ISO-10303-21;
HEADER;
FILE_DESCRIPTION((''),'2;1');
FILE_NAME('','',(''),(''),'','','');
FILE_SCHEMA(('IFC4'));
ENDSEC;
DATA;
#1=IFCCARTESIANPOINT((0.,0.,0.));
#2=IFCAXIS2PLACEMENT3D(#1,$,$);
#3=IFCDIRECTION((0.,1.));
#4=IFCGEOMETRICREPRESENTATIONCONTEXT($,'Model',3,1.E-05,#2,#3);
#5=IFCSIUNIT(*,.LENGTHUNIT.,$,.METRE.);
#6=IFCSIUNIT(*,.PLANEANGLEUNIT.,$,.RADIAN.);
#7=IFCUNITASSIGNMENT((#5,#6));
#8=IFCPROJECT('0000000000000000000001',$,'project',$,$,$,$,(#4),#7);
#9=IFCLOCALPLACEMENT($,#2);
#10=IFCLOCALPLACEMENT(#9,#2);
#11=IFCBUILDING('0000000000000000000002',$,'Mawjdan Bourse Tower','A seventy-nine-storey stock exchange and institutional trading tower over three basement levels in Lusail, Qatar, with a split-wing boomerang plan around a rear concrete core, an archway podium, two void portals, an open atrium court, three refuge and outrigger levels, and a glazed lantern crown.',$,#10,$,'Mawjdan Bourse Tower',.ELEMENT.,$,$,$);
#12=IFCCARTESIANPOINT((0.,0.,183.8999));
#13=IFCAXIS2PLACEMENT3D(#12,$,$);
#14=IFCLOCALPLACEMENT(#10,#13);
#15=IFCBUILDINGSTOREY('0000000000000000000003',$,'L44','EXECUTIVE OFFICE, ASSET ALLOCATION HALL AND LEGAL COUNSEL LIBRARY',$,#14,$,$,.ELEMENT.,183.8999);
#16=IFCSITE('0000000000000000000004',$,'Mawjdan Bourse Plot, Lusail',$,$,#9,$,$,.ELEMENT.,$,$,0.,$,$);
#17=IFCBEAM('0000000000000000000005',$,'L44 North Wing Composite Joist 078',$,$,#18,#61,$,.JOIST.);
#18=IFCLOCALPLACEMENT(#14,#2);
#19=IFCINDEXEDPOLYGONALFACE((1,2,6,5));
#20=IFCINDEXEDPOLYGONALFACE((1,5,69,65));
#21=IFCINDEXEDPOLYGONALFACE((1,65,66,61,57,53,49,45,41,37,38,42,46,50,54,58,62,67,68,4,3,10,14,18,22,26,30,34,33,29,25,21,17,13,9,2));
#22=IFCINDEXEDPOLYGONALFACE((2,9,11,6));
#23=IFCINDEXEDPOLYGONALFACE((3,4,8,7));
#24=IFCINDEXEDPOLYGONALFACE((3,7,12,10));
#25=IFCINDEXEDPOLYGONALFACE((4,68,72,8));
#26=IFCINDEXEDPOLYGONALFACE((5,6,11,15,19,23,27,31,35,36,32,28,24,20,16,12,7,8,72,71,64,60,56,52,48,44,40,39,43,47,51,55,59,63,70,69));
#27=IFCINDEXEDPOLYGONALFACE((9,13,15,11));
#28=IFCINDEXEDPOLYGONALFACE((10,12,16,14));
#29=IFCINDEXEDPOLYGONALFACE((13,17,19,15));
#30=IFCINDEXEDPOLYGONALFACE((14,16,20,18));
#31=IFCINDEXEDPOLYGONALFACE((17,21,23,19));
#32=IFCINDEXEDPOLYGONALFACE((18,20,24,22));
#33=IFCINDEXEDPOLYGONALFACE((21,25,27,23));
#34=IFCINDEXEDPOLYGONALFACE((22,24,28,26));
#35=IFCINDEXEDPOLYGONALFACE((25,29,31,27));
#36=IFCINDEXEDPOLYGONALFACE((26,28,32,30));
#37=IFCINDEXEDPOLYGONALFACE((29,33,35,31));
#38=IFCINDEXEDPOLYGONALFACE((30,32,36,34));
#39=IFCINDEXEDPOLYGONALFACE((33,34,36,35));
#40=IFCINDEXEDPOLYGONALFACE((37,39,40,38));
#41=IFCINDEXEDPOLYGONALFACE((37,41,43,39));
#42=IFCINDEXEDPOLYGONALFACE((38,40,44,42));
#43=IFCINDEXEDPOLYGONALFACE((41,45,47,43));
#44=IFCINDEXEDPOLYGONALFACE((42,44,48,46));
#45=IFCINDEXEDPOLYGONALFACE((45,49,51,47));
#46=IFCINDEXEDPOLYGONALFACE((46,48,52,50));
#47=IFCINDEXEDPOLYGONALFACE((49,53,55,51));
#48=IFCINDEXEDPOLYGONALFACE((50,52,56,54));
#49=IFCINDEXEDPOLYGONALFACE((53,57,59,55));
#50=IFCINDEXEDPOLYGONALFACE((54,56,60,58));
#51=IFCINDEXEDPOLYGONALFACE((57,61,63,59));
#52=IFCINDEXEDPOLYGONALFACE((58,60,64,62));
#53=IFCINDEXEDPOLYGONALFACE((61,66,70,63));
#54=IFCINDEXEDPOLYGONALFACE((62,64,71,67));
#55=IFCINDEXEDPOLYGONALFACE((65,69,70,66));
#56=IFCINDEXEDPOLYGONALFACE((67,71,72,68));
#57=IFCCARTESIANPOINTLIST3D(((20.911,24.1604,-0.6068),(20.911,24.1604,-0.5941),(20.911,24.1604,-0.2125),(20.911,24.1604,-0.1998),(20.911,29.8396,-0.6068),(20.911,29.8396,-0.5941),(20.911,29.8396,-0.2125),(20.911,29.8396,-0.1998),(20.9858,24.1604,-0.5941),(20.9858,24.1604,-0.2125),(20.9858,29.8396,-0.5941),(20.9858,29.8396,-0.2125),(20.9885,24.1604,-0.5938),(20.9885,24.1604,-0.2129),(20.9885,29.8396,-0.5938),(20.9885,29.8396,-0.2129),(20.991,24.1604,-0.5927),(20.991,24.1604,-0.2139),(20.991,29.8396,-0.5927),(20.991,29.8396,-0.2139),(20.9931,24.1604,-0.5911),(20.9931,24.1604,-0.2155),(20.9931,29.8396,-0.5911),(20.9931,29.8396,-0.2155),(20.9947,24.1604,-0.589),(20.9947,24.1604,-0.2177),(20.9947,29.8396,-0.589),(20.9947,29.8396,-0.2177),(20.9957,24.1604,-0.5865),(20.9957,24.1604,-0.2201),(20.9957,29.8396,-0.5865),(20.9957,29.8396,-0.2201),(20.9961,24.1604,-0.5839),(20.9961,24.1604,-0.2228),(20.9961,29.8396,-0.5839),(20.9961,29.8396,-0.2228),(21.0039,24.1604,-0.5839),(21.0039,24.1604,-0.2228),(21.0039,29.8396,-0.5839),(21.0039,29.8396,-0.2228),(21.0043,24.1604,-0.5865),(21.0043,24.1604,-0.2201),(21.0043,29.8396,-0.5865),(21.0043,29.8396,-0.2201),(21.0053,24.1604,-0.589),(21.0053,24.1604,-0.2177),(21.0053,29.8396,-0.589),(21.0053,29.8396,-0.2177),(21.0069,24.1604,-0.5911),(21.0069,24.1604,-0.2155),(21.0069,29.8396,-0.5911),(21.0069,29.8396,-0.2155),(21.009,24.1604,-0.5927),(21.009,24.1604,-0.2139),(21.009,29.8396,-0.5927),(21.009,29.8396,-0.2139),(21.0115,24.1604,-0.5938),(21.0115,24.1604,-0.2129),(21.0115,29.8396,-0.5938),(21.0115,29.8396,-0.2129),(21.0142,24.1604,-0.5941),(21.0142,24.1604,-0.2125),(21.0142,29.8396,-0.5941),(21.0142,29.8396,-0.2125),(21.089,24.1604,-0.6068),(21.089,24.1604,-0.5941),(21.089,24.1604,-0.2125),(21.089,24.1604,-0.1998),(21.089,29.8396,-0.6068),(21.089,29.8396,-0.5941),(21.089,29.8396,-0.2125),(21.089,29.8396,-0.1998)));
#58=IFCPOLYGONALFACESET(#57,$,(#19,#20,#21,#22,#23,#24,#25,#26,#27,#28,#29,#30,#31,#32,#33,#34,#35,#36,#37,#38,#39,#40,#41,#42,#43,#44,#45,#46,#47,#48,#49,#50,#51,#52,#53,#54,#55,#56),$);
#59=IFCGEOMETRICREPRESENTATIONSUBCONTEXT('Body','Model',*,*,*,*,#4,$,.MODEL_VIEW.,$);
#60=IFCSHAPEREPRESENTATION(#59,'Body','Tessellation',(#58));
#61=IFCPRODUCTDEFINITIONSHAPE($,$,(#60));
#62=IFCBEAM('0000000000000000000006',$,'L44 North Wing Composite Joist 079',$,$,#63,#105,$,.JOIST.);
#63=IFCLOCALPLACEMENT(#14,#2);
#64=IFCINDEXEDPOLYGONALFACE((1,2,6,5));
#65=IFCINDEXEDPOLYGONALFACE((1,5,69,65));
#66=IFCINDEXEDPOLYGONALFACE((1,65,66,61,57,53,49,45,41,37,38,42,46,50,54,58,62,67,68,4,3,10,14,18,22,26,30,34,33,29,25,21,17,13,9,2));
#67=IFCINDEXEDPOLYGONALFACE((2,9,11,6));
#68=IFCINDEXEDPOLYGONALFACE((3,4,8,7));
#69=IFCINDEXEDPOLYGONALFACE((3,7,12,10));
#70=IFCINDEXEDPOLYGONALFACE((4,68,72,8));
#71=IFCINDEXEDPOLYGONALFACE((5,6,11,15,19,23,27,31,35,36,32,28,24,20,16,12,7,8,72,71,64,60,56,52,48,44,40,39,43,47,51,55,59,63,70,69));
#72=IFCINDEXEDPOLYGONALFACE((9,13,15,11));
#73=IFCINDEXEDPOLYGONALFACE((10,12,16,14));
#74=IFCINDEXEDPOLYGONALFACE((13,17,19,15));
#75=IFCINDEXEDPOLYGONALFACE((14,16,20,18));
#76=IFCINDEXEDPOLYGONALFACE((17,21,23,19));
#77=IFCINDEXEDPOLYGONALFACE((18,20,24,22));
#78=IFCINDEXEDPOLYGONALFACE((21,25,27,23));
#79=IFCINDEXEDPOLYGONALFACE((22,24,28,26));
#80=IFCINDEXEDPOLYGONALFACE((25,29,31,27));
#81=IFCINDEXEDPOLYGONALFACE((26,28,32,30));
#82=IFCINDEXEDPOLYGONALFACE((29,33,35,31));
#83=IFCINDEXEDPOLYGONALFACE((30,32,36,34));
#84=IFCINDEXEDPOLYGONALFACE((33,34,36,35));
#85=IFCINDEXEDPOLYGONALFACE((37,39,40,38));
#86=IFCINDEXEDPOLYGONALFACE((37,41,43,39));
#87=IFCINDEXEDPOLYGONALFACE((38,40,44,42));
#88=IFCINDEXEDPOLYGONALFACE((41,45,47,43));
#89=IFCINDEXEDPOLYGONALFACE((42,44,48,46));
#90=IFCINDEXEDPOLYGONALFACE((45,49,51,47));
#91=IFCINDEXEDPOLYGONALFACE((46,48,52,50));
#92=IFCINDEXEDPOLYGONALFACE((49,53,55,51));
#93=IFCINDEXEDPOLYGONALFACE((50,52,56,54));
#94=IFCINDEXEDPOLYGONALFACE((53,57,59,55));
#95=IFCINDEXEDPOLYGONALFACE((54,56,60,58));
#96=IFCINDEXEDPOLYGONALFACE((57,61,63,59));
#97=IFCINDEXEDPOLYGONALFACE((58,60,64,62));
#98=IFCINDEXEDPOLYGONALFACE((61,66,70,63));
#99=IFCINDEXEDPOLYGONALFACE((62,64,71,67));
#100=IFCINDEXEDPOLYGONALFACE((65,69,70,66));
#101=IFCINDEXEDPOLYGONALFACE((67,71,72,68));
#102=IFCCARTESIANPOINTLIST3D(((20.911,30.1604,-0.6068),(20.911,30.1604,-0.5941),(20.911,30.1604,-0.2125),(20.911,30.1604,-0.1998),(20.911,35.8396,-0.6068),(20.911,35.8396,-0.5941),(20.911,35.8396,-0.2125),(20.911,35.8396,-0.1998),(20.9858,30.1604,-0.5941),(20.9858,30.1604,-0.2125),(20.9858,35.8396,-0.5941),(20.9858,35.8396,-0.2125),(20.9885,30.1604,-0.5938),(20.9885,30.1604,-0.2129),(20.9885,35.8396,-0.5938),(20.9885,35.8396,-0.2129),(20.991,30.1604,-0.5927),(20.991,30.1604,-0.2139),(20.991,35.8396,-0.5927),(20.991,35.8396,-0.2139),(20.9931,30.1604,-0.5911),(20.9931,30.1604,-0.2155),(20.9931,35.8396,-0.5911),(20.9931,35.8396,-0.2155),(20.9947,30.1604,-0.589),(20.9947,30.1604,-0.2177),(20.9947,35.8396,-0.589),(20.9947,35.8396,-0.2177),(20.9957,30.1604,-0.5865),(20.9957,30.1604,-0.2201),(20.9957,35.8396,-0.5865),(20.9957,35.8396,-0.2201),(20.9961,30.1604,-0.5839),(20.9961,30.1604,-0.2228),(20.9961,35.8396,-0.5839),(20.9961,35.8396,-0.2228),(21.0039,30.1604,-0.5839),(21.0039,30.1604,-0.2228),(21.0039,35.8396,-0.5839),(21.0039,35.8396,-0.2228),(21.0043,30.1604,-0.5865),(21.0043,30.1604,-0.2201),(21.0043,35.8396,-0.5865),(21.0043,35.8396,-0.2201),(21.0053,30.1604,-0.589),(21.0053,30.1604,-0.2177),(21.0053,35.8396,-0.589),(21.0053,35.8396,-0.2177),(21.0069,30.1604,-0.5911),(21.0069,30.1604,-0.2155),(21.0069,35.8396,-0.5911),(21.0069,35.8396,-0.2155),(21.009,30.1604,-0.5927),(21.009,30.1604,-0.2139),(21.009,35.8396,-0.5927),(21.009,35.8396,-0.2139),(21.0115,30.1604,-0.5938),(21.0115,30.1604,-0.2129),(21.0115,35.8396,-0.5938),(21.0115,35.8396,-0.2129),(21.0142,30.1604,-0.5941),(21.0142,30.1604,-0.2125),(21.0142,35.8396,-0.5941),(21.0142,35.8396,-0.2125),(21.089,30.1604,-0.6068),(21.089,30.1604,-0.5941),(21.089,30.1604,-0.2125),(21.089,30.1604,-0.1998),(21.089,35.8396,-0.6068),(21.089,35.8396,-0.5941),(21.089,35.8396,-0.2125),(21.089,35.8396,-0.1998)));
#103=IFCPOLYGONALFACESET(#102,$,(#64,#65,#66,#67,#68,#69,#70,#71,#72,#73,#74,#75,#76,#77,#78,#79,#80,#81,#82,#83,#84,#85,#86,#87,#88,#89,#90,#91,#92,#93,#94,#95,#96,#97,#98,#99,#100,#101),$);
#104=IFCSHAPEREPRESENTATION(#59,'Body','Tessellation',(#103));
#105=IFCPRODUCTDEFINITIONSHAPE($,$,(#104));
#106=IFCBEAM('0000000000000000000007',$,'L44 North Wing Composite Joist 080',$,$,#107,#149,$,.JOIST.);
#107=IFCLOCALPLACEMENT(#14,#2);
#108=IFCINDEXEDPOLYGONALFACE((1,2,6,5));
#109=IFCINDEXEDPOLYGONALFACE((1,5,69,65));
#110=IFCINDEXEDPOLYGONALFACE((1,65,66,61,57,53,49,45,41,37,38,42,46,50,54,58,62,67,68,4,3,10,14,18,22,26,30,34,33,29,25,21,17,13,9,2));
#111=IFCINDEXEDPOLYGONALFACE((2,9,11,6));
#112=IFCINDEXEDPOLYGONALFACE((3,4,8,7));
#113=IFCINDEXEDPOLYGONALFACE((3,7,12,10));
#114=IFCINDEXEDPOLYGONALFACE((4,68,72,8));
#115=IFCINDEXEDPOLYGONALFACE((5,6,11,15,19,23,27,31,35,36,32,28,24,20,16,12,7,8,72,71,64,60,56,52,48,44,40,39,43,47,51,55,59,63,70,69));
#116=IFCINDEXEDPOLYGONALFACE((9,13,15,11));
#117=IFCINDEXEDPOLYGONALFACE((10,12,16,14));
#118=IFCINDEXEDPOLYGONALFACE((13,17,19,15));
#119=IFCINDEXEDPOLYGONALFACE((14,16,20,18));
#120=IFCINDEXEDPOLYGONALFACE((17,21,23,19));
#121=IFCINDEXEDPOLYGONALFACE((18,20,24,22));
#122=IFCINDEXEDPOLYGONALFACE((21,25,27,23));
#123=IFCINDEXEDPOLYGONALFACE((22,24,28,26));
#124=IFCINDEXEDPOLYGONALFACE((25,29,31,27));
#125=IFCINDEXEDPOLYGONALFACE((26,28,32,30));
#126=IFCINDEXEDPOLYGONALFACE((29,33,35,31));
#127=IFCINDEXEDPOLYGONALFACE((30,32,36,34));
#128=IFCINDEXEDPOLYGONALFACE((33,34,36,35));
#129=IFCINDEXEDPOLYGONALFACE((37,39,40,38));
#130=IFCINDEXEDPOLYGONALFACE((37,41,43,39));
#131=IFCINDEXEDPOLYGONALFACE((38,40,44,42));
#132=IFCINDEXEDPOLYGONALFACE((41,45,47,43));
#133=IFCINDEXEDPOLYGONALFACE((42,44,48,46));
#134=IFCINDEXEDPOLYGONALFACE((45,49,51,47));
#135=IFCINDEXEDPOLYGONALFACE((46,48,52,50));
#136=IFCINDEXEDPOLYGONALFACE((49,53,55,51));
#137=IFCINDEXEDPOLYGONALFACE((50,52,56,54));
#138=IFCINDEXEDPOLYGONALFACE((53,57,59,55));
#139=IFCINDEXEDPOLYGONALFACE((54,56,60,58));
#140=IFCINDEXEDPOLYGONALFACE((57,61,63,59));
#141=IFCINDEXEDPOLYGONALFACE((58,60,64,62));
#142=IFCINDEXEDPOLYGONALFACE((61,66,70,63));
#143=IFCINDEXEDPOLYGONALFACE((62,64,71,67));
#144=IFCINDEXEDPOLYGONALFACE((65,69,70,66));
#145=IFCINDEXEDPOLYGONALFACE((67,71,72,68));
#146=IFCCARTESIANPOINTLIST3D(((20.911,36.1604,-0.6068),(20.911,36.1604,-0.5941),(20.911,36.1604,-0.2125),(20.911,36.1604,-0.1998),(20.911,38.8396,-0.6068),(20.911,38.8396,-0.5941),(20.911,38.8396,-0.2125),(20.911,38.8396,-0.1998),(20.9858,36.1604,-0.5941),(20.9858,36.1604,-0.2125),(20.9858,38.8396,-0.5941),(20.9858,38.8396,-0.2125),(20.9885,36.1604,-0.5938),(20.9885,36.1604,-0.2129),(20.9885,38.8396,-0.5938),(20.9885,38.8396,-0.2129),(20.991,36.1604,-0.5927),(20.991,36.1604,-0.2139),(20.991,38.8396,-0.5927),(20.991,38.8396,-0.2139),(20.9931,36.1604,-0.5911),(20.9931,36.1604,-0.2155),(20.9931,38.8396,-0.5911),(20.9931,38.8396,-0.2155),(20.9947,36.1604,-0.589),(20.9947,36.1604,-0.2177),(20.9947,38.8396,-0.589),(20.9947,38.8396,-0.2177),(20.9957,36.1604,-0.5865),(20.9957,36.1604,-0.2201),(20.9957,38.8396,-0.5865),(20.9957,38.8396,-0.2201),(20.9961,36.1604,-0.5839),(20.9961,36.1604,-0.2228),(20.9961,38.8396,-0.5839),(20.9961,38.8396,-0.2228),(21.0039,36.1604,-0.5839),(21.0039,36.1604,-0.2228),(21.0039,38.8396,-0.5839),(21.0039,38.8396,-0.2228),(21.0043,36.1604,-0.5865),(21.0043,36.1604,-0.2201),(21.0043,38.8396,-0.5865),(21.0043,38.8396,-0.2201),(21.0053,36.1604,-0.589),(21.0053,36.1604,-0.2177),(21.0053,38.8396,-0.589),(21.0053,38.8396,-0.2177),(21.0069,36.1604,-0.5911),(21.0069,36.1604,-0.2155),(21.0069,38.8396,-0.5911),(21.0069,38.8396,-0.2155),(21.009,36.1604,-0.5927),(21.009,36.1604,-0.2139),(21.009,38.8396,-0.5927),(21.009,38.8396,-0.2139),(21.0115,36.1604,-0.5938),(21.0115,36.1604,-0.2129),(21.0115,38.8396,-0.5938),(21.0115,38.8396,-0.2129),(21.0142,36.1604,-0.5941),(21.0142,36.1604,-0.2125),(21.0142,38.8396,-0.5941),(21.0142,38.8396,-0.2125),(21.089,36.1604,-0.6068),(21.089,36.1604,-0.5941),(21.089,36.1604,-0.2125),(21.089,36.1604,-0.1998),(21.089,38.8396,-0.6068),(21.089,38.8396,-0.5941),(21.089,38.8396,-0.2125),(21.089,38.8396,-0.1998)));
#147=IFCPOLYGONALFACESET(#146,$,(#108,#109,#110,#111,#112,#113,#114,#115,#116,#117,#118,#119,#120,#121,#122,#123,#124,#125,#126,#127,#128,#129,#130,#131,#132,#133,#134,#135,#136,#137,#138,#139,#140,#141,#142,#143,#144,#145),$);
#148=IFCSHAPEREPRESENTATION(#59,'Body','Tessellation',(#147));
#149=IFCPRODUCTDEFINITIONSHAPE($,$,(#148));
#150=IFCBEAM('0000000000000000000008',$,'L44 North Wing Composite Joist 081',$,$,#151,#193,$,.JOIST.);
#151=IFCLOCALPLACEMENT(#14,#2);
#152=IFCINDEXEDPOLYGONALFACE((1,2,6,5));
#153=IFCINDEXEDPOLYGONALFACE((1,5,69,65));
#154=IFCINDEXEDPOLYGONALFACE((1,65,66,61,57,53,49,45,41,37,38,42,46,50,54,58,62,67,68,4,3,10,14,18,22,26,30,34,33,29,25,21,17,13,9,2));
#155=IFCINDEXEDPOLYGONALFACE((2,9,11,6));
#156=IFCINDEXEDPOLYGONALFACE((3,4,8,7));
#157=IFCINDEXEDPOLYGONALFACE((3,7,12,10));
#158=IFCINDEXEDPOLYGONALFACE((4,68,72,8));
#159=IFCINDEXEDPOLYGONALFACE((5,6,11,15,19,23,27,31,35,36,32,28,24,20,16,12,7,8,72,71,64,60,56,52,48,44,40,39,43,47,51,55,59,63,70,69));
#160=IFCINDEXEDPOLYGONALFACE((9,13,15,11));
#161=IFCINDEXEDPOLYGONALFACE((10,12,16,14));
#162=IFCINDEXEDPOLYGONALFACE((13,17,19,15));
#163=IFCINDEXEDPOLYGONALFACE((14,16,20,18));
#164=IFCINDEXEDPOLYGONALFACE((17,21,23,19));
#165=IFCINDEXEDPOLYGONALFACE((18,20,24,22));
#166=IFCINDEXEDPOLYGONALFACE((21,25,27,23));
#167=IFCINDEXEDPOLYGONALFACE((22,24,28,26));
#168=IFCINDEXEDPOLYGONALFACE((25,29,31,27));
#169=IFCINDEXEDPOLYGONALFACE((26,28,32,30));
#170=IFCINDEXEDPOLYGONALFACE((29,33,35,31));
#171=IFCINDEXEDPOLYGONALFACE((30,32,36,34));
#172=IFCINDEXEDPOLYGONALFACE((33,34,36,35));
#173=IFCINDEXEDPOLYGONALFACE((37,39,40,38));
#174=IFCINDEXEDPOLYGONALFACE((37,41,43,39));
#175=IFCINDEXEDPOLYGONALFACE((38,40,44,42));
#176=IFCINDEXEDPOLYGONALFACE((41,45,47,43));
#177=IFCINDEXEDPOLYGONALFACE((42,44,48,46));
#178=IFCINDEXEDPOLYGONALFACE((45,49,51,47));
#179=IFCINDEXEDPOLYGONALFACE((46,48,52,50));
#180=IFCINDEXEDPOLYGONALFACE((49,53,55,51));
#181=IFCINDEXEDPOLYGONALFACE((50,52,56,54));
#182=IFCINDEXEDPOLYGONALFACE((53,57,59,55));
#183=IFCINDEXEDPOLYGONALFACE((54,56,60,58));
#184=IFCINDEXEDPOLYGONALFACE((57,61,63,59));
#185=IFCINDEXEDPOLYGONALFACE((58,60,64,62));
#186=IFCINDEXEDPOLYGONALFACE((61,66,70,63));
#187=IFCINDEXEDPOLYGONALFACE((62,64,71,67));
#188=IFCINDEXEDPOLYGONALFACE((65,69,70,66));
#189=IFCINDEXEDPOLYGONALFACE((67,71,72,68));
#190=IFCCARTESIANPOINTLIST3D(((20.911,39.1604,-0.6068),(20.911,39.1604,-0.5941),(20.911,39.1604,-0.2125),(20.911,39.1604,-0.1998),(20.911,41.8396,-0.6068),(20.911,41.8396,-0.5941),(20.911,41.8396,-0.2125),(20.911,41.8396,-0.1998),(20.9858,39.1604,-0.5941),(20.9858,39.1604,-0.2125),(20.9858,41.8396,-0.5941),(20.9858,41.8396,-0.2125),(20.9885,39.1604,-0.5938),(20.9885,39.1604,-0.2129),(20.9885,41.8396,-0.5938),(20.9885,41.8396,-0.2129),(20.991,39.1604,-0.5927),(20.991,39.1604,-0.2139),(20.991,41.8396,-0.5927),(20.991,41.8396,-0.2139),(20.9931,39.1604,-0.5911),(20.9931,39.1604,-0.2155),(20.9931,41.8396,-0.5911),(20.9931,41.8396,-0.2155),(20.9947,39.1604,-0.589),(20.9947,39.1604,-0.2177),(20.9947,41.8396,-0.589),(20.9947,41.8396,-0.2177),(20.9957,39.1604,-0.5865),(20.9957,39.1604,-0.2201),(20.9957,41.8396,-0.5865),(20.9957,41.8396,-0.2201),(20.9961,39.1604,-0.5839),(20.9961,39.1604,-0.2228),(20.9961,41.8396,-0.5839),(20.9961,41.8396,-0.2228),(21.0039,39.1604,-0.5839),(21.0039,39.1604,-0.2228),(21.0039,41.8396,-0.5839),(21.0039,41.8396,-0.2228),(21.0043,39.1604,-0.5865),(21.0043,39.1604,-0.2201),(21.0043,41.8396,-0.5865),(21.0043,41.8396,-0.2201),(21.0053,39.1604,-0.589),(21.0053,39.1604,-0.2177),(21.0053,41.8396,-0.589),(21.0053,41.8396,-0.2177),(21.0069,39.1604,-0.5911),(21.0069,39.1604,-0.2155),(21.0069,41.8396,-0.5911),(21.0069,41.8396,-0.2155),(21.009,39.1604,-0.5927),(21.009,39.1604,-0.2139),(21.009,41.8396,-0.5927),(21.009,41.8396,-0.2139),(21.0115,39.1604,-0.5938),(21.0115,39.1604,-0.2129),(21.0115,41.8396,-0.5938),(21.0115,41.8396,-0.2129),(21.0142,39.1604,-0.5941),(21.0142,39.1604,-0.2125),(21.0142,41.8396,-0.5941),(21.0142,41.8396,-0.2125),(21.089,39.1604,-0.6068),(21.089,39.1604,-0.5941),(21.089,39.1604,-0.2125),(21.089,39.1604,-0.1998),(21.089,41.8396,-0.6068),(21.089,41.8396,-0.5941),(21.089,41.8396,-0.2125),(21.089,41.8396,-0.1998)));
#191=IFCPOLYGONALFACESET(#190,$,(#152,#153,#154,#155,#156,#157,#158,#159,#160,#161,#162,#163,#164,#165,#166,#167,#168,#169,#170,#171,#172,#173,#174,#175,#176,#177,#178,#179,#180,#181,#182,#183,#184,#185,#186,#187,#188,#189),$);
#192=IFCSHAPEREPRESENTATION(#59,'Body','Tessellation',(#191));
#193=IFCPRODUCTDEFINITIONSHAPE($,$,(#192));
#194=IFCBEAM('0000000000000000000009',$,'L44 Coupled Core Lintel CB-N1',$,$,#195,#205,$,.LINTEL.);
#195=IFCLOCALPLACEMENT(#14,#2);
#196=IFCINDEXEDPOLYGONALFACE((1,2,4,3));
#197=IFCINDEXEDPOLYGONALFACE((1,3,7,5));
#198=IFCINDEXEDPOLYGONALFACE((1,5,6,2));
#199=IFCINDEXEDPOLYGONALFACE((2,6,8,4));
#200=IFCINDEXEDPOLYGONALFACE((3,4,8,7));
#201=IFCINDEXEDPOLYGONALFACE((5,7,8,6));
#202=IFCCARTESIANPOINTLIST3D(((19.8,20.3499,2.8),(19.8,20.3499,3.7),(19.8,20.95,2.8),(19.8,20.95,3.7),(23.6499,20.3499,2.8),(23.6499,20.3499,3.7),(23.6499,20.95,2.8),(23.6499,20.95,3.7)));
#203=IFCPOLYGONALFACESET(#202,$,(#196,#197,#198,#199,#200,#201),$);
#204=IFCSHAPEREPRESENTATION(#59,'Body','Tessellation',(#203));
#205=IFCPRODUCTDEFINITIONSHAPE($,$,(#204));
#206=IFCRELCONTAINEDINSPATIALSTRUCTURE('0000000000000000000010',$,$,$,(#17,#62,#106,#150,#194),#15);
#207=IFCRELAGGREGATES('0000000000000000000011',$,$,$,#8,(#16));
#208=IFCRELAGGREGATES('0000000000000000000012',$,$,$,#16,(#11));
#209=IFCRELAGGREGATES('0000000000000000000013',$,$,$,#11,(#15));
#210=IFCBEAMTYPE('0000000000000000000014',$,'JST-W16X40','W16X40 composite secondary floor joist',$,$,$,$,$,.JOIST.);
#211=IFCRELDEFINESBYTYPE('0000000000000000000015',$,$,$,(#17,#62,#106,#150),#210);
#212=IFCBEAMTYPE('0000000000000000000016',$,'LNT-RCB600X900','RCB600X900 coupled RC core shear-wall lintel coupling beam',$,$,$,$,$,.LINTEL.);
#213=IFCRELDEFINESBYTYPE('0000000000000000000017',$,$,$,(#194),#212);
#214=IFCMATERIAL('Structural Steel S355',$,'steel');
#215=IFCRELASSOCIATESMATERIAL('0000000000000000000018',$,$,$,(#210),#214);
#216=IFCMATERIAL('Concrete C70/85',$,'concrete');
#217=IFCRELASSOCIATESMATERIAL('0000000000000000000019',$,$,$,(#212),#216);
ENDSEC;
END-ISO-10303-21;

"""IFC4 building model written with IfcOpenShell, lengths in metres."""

from ifc_helpers import new_model, si_unit, direction, frame, origin, origin_2d, place, context, subcontext, project, spatial, rectangle, i_section, extrude, material, material_profile, profile_set, type_object, element, save


model = new_model("IFC4")

# Units and contexts
model_context = context("Model", 3, precision=1e-05, world=origin(), true_north=direction((0.0, 1.0)))
body_context = subcontext(model_context, "Body", "Model", "MODEL_VIEW")
ifc_project = project(units=[si_unit("LENGTHUNIT", "METRE"), si_unit("PLANEANGLEUNIT", "RADIAN")], contexts=[model_context])

# Site, building, storey
site_placement = place(None, origin())
site = spatial("IfcSite", under=ifc_project, at=site_placement, Name="Mawjdan Bourse Plot, Lusail", CompositionType="ELEMENT", RefElevation=0.0)
building_placement = place(site_placement, origin())
building = spatial("IfcBuilding", under=site, at=building_placement, Name="Mawjdan Bourse Tower", Description="A seventy-nine-storey stock exchange and institutional trading tower over three basement levels in Lusail, Qatar, with a split-wing boomerang plan around a rear concrete core, an archway podium, two void portals, an open atrium court, three refuge and outrigger levels, and a glazed lantern crown.", LongName="Mawjdan Bourse Tower", CompositionType="ELEMENT")
storey_placement = place(building_placement, frame((0.0, 0.0, 183.8999)))
storey = spatial("IfcBuildingStorey", under=building, at=storey_placement, Name="L44", Description="EXECUTIVE OFFICE, ASSET ALLOCATION HALL AND LEGAL COUNSEL LIBRARY", CompositionType="ELEMENT", Elevation=183.8999)

# Shared definitions
ifc_material_1 = material(Name="Concrete C70/85", Category="concrete")

# Beams
ifc_material_2 = material(Name="Structural Steel S355", Category="steel")
ifc_material_profile_1 = material_profile(ifc_material_2, i_section(OverallWidth=0.178, OverallDepth=0.407, WebThickness=0.0078, FlangeThickness=0.0127, FilletRadius=0.0103, at=origin_2d()), Name="W16X40")
ifc_profile_set_1 = profile_set([ifc_material_profile_1], Name="Structural Steel S355")
beam_type_1 = type_object("IfcBeamType", Name="JST-W16X40", Description="W16X40 composite secondary floor joist", PredefinedType="JOIST", material=ifc_profile_set_1)
for number, where, z_axis, x_axis, name in (
    (1, (21.0, 24.1604, -0.4033), (0.0, 1.0, 0.0), (-1.0, 0.0, 0.0), "L44 North Wing Composite Joist 078"),
    (2, (21.0, 30.1604, -0.4033), (0.0, 1.0, 0.0), (-1.0, 0.0, 0.0), "L44 North Wing Composite Joist 079"),
):
    element("IfcBeam", number, at=place(storey_placement, frame(where, z_axis=z_axis, x_axis=x_axis)), inside=storey, type_object=beam_type_1, Name=name, PredefinedType="JOIST", context=body_context, shape_type="SweptSolid", body=[
        extrude(i_section(OverallWidth=0.178, OverallDepth=0.407, WebThickness=0.0078, FlangeThickness=0.0127, FilletRadius=0.0103, at=origin_2d()), origin(), (0.0, 0.0, 1.0), 5.6792),
    ])
for number, where, z_axis, x_axis, name in (
    (3, (21.0, 36.1604, -0.4033), (0.0, 1.0, 0.0), (-1.0, 0.0, 0.0), "L44 North Wing Composite Joist 080"),
    (4, (21.0, 39.1604, -0.4033), (0.0, 1.0, 0.0), (-1.0, 0.0, 0.0), "L44 North Wing Composite Joist 081"),
):
    element("IfcBeam", number, at=place(storey_placement, frame(where, z_axis=z_axis, x_axis=x_axis)), inside=storey, type_object=beam_type_1, Name=name, PredefinedType="JOIST", context=body_context, shape_type="SweptSolid", body=[
        extrude(i_section(OverallWidth=0.178, OverallDepth=0.407, WebThickness=0.0078, FlangeThickness=0.0127, FilletRadius=0.0103, at=origin_2d()), origin(), (0.0, 0.0, 1.0), 2.6792),
    ])
ifc_material_profile_2 = material_profile(ifc_material_1, rectangle(XDim=0.6001, YDim=0.8999, at=origin_2d()), Name="RCB600X900")
ifc_profile_set_2 = profile_set([ifc_material_profile_2], Name="Concrete C70/85")
beam_type_2 = type_object("IfcBeamType", Name="LNT-RCB600X900", Description="RCB600X900 coupled RC core shear-wall lintel coupling beam", PredefinedType="LINTEL", material=ifc_profile_set_2)
beam_1_placement = place(storey_placement, frame((19.8, 20.6499, 3.25), z_axis=(1.0, 0.0, 0.0), x_axis=(0.0, 1.0, 0.0)))
element("IfcBeam", 5, at=beam_1_placement, inside=storey, type_object=beam_type_2, Name="L44 Coupled Core Lintel CB-N1", PredefinedType="LINTEL", context=body_context, shape_type="SweptSolid", body=[
    extrude(rectangle(XDim=0.6001, YDim=0.8999, at=origin_2d()), origin(), (0.0, 0.0, 1.0), 3.8499),
])

save(model, "model.ifc")
